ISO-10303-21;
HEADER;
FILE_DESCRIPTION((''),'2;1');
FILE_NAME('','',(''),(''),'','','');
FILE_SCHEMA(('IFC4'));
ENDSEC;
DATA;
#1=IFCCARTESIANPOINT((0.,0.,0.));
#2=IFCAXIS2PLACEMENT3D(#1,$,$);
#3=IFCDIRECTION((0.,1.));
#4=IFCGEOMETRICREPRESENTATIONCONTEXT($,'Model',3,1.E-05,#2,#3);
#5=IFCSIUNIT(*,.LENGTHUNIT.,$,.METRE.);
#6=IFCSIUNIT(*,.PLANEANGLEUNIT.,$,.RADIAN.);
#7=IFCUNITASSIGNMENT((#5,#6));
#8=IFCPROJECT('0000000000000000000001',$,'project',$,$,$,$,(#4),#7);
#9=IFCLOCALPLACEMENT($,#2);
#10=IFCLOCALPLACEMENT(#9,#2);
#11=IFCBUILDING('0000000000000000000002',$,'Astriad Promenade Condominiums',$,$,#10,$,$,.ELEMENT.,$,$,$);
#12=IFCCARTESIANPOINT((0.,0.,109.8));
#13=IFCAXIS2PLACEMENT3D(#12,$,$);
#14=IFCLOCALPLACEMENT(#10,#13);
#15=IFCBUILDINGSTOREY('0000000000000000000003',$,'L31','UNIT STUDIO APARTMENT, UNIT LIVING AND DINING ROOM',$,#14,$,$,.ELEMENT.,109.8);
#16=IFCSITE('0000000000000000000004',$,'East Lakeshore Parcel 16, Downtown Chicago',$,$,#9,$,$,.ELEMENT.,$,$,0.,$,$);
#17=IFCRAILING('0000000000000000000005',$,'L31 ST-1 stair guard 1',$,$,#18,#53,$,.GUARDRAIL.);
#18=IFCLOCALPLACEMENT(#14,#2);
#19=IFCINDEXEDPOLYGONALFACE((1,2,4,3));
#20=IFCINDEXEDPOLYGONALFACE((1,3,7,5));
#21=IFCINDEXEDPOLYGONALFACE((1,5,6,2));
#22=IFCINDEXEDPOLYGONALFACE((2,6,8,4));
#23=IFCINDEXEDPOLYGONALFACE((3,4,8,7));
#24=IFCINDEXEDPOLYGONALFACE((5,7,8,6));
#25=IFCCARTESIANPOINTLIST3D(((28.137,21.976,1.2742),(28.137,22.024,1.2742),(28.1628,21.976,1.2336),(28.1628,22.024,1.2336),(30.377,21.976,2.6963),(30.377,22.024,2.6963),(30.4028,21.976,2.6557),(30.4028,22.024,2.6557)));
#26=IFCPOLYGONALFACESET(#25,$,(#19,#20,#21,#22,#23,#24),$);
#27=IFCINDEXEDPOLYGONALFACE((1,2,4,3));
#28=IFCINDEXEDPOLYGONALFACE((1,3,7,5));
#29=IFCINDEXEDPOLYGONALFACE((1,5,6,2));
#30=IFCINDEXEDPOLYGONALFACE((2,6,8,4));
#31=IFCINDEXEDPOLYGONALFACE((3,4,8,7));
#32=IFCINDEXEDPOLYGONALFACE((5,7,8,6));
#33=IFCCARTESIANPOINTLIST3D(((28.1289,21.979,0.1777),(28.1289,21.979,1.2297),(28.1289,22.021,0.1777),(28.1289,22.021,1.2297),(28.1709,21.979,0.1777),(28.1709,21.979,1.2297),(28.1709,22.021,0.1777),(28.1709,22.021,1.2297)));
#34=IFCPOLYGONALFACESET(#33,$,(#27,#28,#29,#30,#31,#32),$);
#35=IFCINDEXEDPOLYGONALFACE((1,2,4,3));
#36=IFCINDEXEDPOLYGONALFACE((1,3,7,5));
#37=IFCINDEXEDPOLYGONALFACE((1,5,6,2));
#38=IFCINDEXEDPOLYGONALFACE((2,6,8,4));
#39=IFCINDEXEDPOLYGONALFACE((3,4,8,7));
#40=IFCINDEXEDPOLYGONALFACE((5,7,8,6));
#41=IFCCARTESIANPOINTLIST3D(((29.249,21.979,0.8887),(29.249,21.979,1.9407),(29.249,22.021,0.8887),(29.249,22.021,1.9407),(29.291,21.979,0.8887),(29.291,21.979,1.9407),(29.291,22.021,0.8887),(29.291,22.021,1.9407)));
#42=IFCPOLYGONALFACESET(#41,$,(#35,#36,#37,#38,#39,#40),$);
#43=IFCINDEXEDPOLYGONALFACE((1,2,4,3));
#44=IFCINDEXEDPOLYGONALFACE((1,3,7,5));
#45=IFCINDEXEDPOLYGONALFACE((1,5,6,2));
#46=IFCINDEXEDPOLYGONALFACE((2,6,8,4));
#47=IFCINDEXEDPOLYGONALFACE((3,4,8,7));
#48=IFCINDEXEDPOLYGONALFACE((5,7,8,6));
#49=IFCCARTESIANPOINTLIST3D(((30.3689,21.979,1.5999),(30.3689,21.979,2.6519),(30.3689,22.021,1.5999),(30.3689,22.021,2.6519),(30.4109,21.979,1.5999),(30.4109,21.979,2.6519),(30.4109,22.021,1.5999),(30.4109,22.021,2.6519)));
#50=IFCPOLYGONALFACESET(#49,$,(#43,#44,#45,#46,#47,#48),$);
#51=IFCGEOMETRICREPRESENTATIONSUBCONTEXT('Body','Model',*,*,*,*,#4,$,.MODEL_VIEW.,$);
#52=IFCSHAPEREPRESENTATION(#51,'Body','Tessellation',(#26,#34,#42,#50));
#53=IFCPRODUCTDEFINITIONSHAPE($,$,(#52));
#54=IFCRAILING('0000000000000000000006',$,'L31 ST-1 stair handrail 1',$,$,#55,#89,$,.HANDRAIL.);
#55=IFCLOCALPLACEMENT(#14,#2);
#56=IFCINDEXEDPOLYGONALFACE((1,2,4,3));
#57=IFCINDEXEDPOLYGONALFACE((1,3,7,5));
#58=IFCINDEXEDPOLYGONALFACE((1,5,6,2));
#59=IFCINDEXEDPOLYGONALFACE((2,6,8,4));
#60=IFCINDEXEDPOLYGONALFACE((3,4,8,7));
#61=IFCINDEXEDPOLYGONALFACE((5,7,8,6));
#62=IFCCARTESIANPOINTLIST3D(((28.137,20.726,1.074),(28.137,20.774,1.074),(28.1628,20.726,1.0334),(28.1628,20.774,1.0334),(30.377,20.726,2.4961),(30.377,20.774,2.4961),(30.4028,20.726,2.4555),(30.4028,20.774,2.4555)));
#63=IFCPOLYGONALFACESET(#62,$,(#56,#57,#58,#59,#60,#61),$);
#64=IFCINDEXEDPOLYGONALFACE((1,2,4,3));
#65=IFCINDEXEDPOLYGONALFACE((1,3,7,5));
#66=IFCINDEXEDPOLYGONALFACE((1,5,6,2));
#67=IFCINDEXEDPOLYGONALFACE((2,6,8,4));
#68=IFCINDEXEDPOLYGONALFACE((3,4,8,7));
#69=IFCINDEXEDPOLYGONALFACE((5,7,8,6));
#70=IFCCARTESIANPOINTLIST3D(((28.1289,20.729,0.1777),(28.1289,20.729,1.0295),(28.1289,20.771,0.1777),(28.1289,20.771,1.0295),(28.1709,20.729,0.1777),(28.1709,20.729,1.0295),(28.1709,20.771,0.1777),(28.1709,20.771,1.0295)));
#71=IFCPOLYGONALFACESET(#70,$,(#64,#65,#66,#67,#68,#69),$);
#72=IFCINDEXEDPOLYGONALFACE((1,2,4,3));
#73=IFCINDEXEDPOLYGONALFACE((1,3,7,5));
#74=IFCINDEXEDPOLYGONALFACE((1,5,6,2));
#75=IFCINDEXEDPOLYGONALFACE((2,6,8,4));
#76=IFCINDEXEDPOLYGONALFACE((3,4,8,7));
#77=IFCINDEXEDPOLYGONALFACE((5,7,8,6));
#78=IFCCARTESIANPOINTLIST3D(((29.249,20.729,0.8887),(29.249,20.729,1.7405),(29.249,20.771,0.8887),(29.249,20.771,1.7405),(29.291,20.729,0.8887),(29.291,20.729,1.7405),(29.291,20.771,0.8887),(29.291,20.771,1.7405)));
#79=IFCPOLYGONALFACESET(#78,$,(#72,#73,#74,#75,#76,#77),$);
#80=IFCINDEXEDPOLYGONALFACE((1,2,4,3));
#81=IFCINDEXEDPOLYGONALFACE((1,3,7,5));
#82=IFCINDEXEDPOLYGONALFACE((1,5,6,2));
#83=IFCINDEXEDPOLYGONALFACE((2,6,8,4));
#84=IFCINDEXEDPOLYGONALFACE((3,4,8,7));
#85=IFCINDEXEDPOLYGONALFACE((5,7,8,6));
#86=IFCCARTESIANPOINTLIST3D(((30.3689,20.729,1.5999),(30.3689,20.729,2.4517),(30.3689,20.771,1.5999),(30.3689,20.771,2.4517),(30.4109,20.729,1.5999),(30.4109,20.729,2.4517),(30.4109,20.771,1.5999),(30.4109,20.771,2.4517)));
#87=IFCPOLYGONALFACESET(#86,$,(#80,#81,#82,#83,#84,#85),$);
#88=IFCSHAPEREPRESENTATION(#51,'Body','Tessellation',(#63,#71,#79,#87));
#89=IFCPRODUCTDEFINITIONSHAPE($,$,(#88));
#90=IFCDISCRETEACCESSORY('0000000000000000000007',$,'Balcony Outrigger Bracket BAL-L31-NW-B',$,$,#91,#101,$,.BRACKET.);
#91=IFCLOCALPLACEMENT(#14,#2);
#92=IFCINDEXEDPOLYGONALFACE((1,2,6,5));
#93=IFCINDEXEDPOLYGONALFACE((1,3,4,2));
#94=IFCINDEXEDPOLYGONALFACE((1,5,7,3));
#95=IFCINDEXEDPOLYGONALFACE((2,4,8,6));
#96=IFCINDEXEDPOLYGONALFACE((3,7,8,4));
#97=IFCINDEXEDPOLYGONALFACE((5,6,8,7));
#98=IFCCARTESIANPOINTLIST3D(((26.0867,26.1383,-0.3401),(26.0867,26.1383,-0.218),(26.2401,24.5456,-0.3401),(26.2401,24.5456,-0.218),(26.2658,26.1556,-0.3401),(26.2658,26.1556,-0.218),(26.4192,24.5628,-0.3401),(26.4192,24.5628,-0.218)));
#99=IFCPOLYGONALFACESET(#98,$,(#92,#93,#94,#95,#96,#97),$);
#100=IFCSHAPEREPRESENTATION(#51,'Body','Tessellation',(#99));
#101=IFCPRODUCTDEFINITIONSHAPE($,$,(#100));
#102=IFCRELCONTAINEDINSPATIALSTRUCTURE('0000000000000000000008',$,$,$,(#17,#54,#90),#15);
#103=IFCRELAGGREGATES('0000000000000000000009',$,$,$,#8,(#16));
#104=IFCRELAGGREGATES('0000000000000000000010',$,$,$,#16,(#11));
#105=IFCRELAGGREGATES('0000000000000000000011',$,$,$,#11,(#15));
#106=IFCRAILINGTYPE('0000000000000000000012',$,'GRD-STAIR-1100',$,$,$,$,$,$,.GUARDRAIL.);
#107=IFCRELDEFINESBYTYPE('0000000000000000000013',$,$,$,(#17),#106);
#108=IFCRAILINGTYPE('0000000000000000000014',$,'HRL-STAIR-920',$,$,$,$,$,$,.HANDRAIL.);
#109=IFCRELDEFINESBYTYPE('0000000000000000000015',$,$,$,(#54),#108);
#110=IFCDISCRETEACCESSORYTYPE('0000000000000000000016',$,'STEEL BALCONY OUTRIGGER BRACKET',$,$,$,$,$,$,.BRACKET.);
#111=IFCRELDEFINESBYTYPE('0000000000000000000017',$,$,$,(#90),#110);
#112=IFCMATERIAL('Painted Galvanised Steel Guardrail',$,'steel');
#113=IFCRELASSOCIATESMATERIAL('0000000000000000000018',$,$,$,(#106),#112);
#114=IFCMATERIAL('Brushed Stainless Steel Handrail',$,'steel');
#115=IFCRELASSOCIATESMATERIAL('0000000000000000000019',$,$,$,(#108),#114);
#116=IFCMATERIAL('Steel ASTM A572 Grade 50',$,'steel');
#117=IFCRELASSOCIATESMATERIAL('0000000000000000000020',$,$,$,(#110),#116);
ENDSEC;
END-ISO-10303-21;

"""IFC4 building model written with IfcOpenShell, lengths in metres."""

from ifc_helpers import new_model, si_unit, direction, frame, origin, origin_2d, place, context, subcontext, project, spatial, rectangle, extrude, source, transform, mapped, material, type_object, type_shapes, element, save


model = new_model("IFC4")

# Units and contexts
model_context = context("Model", 3, precision=1e-05, world=origin(), true_north=direction((0.0, 1.0)))
body_context = subcontext(model_context, "Body", "Model", "MODEL_VIEW")
ifc_project = project(units=[si_unit("LENGTHUNIT", "METRE"), si_unit("PLANEANGLEUNIT", "RADIAN")], contexts=[model_context])

# Site, building, storey
site_placement = place(None, origin())
site = spatial("IfcSite", under=ifc_project, at=site_placement, Name="East Lakeshore Parcel 16, Downtown Chicago", CompositionType="ELEMENT", RefElevation=0.0)
building_placement = place(site_placement, origin())
building = spatial("IfcBuilding", under=site, at=building_placement, Name="Astriad Promenade Condominiums", CompositionType="ELEMENT")
storey_placement = place(building_placement, frame((0.0, 0.0, 109.8)))
storey = spatial("IfcBuildingStorey", under=building, at=storey_placement, Name="L31", Description="UNIT STUDIO APARTMENT, UNIT LIVING AND DINING ROOM", CompositionType="ELEMENT", Elevation=109.8)

# Railings
ifc_material_1 = material(Name="Painted Galvanised Steel Guardrail", Category="steel")
railing_type_1 = type_object("IfcRailingType", Name="GRD-STAIR-1100", PredefinedType="GUARDRAIL", material=ifc_material_1)
shared_shape_1 = source(origin(), body_context, "Body", "SweptSolid", [
    extrude(rectangle(XDim=0.0481, YDim=0.0481, at=origin_2d()), frame((0.0, 0.0, 1.0762), z_axis=(0.844229, 0.0, 0.535982), x_axis=(0.0, 1.0, 0.0)), (0.0, 0.0, 1.0), 2.6533),
    extrude(rectangle(XDim=0.042, YDim=0.042, at=origin_2d()), origin(), (0.0, 0.0, 1.0), 1.052),
    extrude(rectangle(XDim=0.042, YDim=0.042, at=origin_2d()), frame((1.1201, 0.0, 0.7109)), (0.0, 0.0, 1.0), 1.052),
    extrude(rectangle(XDim=0.042, YDim=0.042, at=origin_2d()), frame((2.24, 0.0, 1.4221)), (0.0, 0.0, 1.0), 1.052),
])
railing_1_placement = place(storey_placement, frame((28.1499, 22.0, 0.1777)))
element("IfcRailing", 1, at=railing_1_placement, inside=storey, type_object=railing_type_1, Name="L31 ST-1 stair guard 1", PredefinedType="GUARDRAIL", context=body_context, shape_type="MappedRepresentation", body=[
    mapped(shared_shape_1, transform((0.0, 0.0, 0.0), scale=1.0)),
])
ifc_material_2 = material(Name="Brushed Stainless Steel Handrail", Category="steel")
railing_type_2 = type_object("IfcRailingType", Name="HRL-STAIR-920", PredefinedType="HANDRAIL", material=ifc_material_2)
shared_shape_2 = source(origin(), body_context, "Body", "SweptSolid", [
    extrude(rectangle(XDim=0.0481, YDim=0.0481, at=origin_2d()), frame((0.0, 0.0, 0.876), z_axis=(0.844229, 0.0, 0.535982), x_axis=(0.0, 1.0, 0.0)), (0.0, 0.0, 1.0), 2.6533),
    extrude(rectangle(XDim=0.042, YDim=0.042, at=origin_2d()), origin(), (0.0, 0.0, 1.0), 0.8518),
    extrude(rectangle(XDim=0.042, YDim=0.042, at=origin_2d()), frame((1.1201, 0.0, 0.7109)), (0.0, 0.0, 1.0), 0.8518),
    extrude(rectangle(XDim=0.042, YDim=0.042, at=origin_2d()), frame((2.24, 0.0, 1.4221)), (0.0, 0.0, 1.0), 0.8518),
])
type_shapes(railing_type_2, [shared_shape_2])
railing_2_placement = place(storey_placement, frame((28.1499, 20.75, 0.1777)))
element("IfcRailing", 2, at=railing_2_placement, inside=storey, type_object=railing_type_2, Name="L31 ST-1 stair handrail 1", PredefinedType="HANDRAIL", context=body_context, shape_type="MappedRepresentation", body=[
    mapped(shared_shape_2, transform((0.0, 0.0, 0.0), scale=1.0)),
])

# Discrete accessory
ifc_material_3 = material(Name="Steel ASTM A572 Grade 50", Category="steel")
discrete_accessory_type = type_object("IfcDiscreteAccessoryType", Name="STEEL BALCONY OUTRIGGER BRACKET", PredefinedType="BRACKET", material=ifc_material_3)
shared_shape_3 = source(origin(), body_context, "Body", "SweptSolid", [
    extrude(rectangle(XDim=1.6001, YDim=0.1799, at=origin_2d()), origin(), (0.0, 0.0, 1.0), 0.1221),
])
type_shapes(discrete_accessory_type, [shared_shape_3])
discrete_accessory_placement = place(storey_placement, frame((26.2529, 25.3506, -0.3401), z_axis=(0.0, 0.0, 1.0), x_axis=(-0.095846, 0.995396, 0.0)))
element("IfcDiscreteAccessory", 3, at=discrete_accessory_placement, inside=storey, type_object=discrete_accessory_type, Name="Balcony Outrigger Bracket BAL-L31-NW-B", PredefinedType="BRACKET", context=body_context, shape_type="MappedRepresentation", body=[
    mapped(shared_shape_3, transform((0.0, 0.0, 0.0), scale=1.0)),
])

save(model, "model.ifc")
